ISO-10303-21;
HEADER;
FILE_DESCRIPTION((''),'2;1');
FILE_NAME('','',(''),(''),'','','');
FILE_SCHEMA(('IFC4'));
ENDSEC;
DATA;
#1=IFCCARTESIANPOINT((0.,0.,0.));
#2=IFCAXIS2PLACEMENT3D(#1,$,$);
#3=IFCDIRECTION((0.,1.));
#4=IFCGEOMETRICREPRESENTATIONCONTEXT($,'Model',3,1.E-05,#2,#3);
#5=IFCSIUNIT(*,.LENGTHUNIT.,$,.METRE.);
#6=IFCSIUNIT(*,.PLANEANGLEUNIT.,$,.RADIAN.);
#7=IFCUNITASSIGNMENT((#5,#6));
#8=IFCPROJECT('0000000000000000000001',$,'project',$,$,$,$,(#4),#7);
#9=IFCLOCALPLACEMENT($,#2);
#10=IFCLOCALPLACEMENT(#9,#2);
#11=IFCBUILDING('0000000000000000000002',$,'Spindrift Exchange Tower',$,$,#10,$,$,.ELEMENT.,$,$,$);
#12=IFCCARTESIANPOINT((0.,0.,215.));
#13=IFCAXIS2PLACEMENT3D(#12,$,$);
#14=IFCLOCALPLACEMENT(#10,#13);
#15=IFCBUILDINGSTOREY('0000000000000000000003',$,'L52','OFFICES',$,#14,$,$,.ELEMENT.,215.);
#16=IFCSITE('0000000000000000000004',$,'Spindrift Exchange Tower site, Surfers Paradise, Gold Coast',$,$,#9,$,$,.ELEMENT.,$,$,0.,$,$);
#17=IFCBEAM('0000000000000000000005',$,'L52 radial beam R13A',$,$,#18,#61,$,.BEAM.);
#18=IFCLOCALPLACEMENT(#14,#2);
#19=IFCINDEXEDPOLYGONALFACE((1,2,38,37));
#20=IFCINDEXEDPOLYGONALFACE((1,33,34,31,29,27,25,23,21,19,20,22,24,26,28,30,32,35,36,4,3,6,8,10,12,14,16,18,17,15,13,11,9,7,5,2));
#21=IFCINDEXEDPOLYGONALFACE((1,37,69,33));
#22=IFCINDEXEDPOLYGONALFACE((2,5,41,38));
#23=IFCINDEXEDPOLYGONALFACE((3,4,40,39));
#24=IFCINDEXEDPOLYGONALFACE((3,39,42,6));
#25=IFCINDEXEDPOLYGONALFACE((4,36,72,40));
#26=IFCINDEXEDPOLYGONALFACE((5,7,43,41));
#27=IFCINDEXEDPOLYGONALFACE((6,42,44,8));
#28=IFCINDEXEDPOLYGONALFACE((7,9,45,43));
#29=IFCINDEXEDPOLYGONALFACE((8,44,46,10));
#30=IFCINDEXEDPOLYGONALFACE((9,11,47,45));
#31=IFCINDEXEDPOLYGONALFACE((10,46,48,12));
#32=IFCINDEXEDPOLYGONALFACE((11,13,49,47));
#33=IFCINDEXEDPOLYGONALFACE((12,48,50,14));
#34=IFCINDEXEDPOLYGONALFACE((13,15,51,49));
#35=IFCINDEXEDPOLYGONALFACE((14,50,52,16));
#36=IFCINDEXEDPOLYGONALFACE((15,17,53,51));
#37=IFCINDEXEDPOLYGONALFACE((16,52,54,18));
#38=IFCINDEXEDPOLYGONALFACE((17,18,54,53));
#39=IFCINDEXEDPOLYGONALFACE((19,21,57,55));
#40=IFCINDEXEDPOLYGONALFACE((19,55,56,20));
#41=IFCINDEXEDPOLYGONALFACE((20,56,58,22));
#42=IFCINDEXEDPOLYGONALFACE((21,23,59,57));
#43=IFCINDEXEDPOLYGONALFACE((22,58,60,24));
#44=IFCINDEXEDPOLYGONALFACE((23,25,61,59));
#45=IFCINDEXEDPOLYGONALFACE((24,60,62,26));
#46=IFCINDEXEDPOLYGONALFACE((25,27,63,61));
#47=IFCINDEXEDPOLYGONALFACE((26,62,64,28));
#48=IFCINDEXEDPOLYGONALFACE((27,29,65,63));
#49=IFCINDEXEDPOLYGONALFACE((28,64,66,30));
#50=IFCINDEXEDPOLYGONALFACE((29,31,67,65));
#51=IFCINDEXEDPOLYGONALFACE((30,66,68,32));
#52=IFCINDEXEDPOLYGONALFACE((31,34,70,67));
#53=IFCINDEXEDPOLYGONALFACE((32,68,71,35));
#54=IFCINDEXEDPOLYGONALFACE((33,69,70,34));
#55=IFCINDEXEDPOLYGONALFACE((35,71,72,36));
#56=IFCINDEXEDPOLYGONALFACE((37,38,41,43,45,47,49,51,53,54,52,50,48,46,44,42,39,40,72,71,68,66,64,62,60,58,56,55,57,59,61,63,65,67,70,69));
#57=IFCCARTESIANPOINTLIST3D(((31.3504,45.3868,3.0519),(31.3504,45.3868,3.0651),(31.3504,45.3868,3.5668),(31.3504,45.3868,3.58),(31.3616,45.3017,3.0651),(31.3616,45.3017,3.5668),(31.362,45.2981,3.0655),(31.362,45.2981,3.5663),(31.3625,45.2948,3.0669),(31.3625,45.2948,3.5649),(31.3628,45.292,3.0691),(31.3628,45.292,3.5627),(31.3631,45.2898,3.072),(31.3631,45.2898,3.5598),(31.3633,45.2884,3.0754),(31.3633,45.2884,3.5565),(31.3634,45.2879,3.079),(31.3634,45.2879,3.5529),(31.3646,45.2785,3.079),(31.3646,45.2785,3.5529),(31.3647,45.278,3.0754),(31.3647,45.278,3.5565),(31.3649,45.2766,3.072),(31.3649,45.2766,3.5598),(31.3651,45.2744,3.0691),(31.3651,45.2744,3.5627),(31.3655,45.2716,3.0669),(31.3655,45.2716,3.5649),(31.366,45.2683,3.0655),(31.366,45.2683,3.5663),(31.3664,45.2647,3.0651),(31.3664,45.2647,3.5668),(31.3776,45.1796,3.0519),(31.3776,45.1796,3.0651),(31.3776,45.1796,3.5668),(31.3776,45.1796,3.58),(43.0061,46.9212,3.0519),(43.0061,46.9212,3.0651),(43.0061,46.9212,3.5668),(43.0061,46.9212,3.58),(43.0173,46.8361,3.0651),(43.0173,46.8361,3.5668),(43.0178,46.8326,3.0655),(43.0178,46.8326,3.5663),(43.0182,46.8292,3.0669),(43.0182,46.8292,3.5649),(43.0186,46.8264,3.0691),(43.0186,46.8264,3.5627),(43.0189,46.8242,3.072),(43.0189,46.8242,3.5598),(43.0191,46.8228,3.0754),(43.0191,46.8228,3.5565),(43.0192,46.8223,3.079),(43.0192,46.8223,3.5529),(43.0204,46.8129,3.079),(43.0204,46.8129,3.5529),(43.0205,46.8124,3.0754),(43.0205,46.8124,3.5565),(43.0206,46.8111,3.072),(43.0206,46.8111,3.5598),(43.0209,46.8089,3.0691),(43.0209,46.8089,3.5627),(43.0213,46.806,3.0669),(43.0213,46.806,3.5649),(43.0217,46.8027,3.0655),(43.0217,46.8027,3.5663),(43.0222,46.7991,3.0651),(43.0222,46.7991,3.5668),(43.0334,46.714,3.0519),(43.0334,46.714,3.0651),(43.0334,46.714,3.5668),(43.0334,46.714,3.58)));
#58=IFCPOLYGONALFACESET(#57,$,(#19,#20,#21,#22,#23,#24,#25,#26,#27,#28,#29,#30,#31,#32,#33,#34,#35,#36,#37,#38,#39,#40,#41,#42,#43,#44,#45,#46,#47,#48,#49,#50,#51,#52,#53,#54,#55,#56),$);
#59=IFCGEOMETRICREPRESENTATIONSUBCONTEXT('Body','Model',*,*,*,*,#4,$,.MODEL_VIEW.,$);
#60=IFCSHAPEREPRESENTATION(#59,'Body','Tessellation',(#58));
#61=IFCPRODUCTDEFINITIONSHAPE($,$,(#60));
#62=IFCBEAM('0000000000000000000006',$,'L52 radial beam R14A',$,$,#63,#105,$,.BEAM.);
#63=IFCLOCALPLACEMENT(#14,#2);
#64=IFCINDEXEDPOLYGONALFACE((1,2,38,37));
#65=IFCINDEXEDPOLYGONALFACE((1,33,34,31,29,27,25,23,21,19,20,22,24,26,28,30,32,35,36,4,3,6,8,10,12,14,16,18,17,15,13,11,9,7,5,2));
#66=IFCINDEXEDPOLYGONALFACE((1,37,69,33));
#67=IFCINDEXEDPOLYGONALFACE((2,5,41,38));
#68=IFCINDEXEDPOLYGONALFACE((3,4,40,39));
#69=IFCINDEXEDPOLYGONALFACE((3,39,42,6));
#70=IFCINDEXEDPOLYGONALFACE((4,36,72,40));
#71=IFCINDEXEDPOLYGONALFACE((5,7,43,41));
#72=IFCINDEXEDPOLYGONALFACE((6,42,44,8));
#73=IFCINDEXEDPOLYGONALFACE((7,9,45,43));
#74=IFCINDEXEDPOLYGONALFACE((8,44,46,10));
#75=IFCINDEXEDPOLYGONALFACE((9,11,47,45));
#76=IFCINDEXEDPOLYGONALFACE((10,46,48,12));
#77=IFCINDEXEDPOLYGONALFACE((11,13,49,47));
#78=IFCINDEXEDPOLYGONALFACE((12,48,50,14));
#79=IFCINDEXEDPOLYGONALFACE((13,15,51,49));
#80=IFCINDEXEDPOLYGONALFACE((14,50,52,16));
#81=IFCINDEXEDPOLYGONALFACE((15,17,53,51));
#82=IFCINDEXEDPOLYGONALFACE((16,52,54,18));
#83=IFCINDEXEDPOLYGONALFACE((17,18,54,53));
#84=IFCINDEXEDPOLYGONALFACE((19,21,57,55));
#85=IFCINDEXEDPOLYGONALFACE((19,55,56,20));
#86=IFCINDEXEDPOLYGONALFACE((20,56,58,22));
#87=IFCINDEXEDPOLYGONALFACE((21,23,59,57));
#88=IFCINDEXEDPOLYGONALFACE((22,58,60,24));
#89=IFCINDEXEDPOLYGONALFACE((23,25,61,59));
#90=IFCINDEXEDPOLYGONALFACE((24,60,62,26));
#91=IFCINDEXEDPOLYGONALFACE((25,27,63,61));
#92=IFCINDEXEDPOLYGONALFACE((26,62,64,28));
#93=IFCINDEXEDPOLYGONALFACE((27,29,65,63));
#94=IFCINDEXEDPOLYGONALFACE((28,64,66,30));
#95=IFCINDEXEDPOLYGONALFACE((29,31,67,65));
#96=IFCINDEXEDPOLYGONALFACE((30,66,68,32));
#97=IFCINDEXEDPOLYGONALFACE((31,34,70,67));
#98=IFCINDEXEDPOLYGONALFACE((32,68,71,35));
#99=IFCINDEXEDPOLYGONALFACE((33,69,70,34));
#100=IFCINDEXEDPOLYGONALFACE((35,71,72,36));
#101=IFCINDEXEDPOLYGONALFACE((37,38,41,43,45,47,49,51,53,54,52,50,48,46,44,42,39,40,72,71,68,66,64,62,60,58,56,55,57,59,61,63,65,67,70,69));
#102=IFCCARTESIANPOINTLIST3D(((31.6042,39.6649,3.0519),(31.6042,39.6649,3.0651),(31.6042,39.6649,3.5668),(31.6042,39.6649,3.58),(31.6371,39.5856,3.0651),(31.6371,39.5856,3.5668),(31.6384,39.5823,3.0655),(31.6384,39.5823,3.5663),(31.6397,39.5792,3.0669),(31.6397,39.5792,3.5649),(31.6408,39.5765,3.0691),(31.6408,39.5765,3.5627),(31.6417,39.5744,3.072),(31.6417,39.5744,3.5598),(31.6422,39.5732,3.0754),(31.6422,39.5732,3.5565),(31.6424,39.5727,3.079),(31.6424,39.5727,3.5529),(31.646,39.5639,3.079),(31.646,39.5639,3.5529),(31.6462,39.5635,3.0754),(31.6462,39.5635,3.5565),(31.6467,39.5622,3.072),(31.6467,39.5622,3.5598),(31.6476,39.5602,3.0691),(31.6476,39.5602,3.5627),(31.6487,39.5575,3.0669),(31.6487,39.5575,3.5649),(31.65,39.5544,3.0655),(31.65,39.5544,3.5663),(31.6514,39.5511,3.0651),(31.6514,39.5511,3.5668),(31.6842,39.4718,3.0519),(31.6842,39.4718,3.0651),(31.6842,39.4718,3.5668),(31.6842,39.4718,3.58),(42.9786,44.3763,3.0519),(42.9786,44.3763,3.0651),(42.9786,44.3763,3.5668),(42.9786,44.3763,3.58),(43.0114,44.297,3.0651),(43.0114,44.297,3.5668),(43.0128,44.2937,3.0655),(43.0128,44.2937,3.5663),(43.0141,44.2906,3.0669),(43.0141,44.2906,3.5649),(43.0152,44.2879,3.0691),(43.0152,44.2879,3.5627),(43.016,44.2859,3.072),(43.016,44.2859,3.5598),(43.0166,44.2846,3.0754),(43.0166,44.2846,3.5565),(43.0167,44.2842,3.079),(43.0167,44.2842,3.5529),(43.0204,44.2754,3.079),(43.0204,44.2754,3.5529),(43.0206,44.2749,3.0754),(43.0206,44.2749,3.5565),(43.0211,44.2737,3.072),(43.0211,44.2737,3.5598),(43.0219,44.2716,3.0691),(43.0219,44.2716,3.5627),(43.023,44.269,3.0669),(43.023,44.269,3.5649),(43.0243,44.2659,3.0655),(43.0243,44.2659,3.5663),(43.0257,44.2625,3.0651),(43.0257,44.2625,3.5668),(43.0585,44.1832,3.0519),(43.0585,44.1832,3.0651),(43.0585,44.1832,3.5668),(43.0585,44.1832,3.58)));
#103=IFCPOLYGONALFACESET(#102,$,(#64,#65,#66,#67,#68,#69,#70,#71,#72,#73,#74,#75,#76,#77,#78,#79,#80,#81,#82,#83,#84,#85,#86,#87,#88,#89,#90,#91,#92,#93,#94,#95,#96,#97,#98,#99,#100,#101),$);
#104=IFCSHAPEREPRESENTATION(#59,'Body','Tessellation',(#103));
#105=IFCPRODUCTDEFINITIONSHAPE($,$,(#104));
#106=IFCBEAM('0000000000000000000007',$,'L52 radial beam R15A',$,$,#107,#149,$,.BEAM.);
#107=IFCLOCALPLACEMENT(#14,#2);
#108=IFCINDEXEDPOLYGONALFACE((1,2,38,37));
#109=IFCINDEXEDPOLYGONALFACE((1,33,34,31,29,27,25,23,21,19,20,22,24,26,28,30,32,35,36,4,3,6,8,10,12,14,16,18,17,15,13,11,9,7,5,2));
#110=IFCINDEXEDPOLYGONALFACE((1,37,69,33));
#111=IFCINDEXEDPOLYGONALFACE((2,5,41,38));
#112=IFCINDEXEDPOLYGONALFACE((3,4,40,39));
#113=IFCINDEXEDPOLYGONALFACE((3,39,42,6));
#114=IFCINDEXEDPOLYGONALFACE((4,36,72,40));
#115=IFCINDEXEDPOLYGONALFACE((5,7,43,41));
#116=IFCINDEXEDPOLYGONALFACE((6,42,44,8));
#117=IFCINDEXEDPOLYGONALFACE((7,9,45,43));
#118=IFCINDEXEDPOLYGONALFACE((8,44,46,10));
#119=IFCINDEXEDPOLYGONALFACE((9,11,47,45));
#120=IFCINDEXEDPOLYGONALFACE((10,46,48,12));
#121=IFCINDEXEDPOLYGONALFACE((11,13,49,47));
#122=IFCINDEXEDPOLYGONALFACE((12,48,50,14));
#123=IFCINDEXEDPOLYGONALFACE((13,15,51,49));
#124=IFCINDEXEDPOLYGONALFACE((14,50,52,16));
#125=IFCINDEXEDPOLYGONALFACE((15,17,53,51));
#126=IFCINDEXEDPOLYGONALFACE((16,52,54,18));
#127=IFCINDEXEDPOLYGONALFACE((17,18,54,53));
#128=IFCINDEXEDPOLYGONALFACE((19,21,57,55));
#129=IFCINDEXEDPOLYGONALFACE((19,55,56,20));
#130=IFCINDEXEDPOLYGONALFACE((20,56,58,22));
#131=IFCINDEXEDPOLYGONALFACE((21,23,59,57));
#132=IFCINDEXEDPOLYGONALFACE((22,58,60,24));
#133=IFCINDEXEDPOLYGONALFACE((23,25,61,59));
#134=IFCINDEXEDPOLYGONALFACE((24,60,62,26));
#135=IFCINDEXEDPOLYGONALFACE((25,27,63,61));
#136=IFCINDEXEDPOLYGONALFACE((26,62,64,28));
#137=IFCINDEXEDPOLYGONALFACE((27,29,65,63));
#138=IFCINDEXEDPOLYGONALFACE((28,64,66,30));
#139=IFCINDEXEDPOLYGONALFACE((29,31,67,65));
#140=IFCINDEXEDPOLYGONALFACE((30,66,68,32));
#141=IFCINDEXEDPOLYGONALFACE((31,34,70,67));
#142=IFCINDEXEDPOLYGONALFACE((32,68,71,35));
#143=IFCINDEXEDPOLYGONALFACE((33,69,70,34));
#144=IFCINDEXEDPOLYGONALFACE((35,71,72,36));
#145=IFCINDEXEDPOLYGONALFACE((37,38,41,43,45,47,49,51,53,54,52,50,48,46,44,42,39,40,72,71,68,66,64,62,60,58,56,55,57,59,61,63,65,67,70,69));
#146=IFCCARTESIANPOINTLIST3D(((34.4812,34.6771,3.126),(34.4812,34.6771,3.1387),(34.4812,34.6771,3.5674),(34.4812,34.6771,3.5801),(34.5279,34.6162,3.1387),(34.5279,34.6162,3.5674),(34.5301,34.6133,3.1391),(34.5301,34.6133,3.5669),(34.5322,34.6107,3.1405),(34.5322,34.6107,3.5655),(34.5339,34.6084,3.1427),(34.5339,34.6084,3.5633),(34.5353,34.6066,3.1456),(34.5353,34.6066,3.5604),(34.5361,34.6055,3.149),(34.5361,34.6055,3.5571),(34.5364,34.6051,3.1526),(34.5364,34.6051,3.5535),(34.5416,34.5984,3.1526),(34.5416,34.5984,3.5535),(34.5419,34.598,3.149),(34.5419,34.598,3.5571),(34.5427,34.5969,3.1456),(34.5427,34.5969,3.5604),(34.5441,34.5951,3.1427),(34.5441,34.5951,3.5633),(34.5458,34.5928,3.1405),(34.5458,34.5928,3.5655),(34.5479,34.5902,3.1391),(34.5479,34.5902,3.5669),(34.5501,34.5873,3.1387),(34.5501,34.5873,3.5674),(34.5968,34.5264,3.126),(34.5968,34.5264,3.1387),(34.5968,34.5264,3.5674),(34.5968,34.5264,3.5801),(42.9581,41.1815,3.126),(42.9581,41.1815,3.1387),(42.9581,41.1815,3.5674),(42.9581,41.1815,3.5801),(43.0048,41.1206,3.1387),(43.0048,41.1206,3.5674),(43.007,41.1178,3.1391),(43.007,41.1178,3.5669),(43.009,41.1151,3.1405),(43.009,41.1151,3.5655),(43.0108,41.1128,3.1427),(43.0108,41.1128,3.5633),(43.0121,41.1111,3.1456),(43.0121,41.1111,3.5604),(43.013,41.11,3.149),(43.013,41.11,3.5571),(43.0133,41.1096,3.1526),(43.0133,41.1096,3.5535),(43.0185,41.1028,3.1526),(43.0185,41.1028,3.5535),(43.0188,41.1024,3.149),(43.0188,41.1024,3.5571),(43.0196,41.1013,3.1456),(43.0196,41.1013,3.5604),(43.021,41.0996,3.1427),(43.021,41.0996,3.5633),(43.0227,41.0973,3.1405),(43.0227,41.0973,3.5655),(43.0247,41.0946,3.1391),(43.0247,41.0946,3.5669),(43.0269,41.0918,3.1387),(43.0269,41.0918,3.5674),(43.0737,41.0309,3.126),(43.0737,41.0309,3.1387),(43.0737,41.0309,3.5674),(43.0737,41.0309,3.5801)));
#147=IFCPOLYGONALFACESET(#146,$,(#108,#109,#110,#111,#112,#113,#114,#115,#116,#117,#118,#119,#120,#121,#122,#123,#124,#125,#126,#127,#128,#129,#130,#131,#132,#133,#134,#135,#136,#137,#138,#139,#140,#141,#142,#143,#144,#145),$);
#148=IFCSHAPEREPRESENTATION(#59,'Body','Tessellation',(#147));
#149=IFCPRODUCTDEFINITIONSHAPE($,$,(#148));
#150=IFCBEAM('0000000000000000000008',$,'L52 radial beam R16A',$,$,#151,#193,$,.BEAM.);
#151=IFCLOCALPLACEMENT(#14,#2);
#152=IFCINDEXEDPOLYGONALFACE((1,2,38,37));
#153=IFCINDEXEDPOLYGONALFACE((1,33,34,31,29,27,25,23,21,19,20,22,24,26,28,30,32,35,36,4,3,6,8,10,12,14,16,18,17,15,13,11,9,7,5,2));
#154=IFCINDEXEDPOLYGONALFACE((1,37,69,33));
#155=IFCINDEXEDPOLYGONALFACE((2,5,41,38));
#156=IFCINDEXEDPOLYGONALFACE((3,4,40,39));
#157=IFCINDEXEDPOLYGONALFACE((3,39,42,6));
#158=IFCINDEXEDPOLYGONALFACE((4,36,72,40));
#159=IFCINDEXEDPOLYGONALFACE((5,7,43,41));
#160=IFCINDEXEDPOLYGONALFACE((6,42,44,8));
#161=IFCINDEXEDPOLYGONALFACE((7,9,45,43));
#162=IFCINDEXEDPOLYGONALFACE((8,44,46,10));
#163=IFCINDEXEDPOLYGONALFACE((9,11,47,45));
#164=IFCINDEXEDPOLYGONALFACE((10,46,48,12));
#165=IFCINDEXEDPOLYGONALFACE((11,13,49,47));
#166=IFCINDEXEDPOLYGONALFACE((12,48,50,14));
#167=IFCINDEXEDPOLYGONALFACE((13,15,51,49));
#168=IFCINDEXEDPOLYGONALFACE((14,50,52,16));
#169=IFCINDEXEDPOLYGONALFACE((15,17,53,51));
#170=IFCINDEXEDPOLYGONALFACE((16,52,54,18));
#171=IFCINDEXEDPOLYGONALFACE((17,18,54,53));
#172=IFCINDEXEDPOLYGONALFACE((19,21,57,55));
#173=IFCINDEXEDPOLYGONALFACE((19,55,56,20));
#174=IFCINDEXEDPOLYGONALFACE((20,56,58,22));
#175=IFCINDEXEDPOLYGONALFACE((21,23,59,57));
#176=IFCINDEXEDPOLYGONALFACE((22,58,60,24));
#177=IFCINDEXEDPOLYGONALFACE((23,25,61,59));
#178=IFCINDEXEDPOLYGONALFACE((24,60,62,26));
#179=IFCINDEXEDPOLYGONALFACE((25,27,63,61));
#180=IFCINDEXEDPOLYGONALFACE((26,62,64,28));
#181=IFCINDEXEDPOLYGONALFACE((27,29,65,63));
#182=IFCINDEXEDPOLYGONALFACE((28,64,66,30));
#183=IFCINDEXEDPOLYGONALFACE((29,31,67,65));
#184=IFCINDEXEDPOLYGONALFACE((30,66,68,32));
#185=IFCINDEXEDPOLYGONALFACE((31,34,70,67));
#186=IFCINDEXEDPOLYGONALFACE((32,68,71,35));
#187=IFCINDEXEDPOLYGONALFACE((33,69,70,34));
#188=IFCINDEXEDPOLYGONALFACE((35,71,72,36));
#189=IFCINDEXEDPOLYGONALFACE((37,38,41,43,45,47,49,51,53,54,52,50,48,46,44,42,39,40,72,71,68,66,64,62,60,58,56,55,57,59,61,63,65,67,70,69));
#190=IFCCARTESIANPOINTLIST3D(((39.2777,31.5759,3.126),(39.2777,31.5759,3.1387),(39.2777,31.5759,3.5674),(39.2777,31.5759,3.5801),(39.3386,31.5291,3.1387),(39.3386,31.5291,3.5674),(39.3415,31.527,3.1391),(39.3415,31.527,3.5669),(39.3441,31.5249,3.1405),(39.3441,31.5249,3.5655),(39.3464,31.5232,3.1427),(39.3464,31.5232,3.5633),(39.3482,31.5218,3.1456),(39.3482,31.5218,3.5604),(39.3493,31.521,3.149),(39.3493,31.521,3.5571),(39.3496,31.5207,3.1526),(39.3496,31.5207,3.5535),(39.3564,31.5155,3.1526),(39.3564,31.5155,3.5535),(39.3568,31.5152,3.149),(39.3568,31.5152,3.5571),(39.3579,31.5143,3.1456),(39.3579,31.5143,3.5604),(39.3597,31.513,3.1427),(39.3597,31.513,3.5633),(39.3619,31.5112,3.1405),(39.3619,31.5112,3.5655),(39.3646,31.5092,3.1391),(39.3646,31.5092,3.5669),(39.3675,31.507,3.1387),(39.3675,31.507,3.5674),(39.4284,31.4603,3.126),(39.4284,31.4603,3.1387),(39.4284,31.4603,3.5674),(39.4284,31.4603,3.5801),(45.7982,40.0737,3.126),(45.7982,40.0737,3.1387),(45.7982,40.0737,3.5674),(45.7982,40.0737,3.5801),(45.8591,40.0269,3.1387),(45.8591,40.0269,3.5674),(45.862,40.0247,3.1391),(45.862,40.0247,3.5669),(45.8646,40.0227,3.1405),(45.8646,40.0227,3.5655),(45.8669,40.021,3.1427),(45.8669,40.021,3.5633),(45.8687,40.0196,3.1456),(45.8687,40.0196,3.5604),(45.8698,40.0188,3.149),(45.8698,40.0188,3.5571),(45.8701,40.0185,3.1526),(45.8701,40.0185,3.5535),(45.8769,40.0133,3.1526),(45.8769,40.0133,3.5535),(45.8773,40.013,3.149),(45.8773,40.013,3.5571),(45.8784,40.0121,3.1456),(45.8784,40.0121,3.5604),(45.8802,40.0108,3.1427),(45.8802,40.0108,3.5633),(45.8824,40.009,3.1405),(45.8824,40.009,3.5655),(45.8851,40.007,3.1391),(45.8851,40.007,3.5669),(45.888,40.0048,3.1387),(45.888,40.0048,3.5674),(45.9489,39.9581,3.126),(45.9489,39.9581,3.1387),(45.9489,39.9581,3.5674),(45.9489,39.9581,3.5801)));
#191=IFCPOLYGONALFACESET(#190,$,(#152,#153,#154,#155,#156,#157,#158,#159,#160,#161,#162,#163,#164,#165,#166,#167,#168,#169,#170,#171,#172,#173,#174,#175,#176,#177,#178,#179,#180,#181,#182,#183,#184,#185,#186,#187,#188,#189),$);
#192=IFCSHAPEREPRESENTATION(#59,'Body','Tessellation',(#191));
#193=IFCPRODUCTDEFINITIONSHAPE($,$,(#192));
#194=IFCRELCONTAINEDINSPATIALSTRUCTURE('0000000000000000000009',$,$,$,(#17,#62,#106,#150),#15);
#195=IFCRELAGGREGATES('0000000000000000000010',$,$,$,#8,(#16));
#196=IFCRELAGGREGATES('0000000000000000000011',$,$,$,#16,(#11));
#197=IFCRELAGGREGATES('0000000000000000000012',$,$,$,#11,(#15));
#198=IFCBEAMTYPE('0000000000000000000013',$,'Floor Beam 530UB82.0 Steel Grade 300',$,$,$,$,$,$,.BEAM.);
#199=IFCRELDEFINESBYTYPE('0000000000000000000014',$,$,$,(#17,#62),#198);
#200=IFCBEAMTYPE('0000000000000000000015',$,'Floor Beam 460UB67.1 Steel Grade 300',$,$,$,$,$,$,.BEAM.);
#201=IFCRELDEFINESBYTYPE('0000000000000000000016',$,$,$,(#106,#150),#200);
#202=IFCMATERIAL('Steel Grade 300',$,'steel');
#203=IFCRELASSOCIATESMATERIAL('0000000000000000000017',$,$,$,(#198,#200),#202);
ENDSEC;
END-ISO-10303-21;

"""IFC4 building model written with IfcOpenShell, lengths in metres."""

from ifc_helpers import new_model, si_unit, direction, frame, origin, origin_2d, place, context, subcontext, project, spatial, i_section, extrude, source, transform, mapped, material, material_profile, profile_set, type_object, element, save


model = new_model("IFC4")

# Units and contexts
model_context = context("Model", 3, precision=1e-05, world=origin(), true_north=direction((0.0, 1.0)))
body_context = subcontext(model_context, "Body", "Model", "MODEL_VIEW")
ifc_project = project(units=[si_unit("LENGTHUNIT", "METRE"), si_unit("PLANEANGLEUNIT", "RADIAN")], contexts=[model_context])

# Site, building, storey
site_placement = place(None, origin())
site = spatial("IfcSite", under=ifc_project, at=site_placement, Name="Spindrift Exchange Tower site, Surfers Paradise, Gold Coast", CompositionType="ELEMENT", RefElevation=0.0)
building_placement = place(site_placement, origin())
building = spatial("IfcBuilding", under=site, at=building_placement, Name="Spindrift Exchange Tower", CompositionType="ELEMENT")
storey_placement = place(building_placement, frame((0.0, 0.0, 215.0)))
storey = spatial("IfcBuildingStorey", under=building, at=storey_placement, Name="L52", Description="OFFICES", CompositionType="ELEMENT", Elevation=215.0)

# Beams
ifc_material_1 = material(Name="Steel Grade 300", Category="steel")
ifc_material_profile_1 = material_profile(ifc_material_1, i_section(OverallWidth=0.209, OverallDepth=0.5281, WebThickness=0.0095, FlangeThickness=0.0132, FilletRadius=0.0139, at=origin_2d()), Name="530UB82.0")
ifc_profile_set_1 = profile_set([ifc_material_profile_1], Name="Steel Grade 300")
beam_type_1 = type_object("IfcBeamType", Name="Floor Beam 530UB82.0 Steel Grade 300", PredefinedType="BEAM", material=ifc_profile_set_1)
shared_shape_1 = source(origin(), body_context, "Body", "SweptSolid", [
    extrude(i_section(OverallWidth=0.209, OverallDepth=0.5281, WebThickness=0.0095, FlangeThickness=0.0132, FilletRadius=0.0139, at=origin_2d()), origin(), (0.0, 0.0, 1.0), 11.7563),
])
beam_1_placement = place(storey_placement, frame((43.0198, 46.8176, 3.3159), z_axis=(-0.991446, -0.130519, 0.0), x_axis=(0.130519, -0.991446, 0.0)))
element("IfcBeam", 1, at=beam_1_placement, inside=storey, type_object=beam_type_1, Name="L52 radial beam R13A", PredefinedType="BEAM", context=body_context, shape_type="MappedRepresentation", body=[
    mapped(shared_shape_1, transform((0.0, 0.0, 0.0), scale=1.0)),
])
shared_shape_2 = source(origin(), body_context, "Body", "SweptSolid", [
    extrude(i_section(OverallWidth=0.209, OverallDepth=0.5281, WebThickness=0.0095, FlangeThickness=0.0132, FilletRadius=0.0139, at=origin_2d()), origin(), (0.0, 0.0, 1.0), 12.3115),
])
beam_2_placement = place(storey_placement, frame((43.0186, 44.2798, 3.3159), z_axis=(-0.923878, -0.382687, 0.0), x_axis=(0.382687, -0.923878, 0.0)))
element("IfcBeam", 2, at=beam_2_placement, inside=storey, type_object=beam_type_1, Name="L52 radial beam R14A", PredefinedType="BEAM", context=body_context, shape_type="MappedRepresentation", body=[
    mapped(shared_shape_2, transform((0.0, 0.0, 0.0), scale=1.0)),
])
ifc_material_profile_2 = material_profile(ifc_material_1, i_section(OverallWidth=0.1899, OverallDepth=0.4541, WebThickness=0.0085, FlangeThickness=0.0127, FilletRadius=0.0139, at=origin_2d()), Name="460UB67.1")
ifc_profile_set_2 = profile_set([ifc_material_profile_2], Name="Steel Grade 300")
beam_type_2 = type_object("IfcBeamType", Name="Floor Beam 460UB67.1 Steel Grade 300", PredefinedType="BEAM", material=ifc_profile_set_2)
shared_shape_3 = source(origin(), body_context, "Body", "SweptSolid", [
    extrude(i_section(OverallWidth=0.1899, OverallDepth=0.4541, WebThickness=0.0085, FlangeThickness=0.0127, FilletRadius=0.0139, at=origin_2d()), origin(), (0.0, 0.0, 1.0), 10.6848),
])
beam_3_placement = place(storey_placement, frame((43.0159, 41.1062, 3.353), z_axis=(-0.793357, -0.608756, 0.0), x_axis=(0.608756, -0.793357, 0.0)))
element("IfcBeam", 3, at=beam_3_placement, inside=storey, type_object=beam_type_2, Name="L52 radial beam R15A", PredefinedType="BEAM", context=body_context, shape_type="MappedRepresentation", body=[
    mapped(shared_shape_3, transform((0.0, 0.0, 0.0), scale=1.0)),
])
shared_shape_4 = source(origin(), body_context, "Body", "SweptSolid", [
    extrude(i_section(OverallWidth=0.1899, OverallDepth=0.4541, WebThickness=0.0085, FlangeThickness=0.0127, FilletRadius=0.0139, at=origin_2d()), origin(), (0.0, 0.0, 1.0), 10.7112),
])
beam_4_placement = place(storey_placement, frame((45.8735, 40.0159, 3.353), z_axis=(-0.608756, -0.793357, 0.0), x_axis=(0.793357, -0.608756, 0.0)))
element("IfcBeam", 4, at=beam_4_placement, inside=storey, type_object=beam_type_2, Name="L52 radial beam R16A", PredefinedType="BEAM", context=body_context, shape_type="MappedRepresentation", body=[
    mapped(shared_shape_4, transform((0.0, 0.0, 0.0), scale=1.0)),
])

save(model, "model.ifc")
